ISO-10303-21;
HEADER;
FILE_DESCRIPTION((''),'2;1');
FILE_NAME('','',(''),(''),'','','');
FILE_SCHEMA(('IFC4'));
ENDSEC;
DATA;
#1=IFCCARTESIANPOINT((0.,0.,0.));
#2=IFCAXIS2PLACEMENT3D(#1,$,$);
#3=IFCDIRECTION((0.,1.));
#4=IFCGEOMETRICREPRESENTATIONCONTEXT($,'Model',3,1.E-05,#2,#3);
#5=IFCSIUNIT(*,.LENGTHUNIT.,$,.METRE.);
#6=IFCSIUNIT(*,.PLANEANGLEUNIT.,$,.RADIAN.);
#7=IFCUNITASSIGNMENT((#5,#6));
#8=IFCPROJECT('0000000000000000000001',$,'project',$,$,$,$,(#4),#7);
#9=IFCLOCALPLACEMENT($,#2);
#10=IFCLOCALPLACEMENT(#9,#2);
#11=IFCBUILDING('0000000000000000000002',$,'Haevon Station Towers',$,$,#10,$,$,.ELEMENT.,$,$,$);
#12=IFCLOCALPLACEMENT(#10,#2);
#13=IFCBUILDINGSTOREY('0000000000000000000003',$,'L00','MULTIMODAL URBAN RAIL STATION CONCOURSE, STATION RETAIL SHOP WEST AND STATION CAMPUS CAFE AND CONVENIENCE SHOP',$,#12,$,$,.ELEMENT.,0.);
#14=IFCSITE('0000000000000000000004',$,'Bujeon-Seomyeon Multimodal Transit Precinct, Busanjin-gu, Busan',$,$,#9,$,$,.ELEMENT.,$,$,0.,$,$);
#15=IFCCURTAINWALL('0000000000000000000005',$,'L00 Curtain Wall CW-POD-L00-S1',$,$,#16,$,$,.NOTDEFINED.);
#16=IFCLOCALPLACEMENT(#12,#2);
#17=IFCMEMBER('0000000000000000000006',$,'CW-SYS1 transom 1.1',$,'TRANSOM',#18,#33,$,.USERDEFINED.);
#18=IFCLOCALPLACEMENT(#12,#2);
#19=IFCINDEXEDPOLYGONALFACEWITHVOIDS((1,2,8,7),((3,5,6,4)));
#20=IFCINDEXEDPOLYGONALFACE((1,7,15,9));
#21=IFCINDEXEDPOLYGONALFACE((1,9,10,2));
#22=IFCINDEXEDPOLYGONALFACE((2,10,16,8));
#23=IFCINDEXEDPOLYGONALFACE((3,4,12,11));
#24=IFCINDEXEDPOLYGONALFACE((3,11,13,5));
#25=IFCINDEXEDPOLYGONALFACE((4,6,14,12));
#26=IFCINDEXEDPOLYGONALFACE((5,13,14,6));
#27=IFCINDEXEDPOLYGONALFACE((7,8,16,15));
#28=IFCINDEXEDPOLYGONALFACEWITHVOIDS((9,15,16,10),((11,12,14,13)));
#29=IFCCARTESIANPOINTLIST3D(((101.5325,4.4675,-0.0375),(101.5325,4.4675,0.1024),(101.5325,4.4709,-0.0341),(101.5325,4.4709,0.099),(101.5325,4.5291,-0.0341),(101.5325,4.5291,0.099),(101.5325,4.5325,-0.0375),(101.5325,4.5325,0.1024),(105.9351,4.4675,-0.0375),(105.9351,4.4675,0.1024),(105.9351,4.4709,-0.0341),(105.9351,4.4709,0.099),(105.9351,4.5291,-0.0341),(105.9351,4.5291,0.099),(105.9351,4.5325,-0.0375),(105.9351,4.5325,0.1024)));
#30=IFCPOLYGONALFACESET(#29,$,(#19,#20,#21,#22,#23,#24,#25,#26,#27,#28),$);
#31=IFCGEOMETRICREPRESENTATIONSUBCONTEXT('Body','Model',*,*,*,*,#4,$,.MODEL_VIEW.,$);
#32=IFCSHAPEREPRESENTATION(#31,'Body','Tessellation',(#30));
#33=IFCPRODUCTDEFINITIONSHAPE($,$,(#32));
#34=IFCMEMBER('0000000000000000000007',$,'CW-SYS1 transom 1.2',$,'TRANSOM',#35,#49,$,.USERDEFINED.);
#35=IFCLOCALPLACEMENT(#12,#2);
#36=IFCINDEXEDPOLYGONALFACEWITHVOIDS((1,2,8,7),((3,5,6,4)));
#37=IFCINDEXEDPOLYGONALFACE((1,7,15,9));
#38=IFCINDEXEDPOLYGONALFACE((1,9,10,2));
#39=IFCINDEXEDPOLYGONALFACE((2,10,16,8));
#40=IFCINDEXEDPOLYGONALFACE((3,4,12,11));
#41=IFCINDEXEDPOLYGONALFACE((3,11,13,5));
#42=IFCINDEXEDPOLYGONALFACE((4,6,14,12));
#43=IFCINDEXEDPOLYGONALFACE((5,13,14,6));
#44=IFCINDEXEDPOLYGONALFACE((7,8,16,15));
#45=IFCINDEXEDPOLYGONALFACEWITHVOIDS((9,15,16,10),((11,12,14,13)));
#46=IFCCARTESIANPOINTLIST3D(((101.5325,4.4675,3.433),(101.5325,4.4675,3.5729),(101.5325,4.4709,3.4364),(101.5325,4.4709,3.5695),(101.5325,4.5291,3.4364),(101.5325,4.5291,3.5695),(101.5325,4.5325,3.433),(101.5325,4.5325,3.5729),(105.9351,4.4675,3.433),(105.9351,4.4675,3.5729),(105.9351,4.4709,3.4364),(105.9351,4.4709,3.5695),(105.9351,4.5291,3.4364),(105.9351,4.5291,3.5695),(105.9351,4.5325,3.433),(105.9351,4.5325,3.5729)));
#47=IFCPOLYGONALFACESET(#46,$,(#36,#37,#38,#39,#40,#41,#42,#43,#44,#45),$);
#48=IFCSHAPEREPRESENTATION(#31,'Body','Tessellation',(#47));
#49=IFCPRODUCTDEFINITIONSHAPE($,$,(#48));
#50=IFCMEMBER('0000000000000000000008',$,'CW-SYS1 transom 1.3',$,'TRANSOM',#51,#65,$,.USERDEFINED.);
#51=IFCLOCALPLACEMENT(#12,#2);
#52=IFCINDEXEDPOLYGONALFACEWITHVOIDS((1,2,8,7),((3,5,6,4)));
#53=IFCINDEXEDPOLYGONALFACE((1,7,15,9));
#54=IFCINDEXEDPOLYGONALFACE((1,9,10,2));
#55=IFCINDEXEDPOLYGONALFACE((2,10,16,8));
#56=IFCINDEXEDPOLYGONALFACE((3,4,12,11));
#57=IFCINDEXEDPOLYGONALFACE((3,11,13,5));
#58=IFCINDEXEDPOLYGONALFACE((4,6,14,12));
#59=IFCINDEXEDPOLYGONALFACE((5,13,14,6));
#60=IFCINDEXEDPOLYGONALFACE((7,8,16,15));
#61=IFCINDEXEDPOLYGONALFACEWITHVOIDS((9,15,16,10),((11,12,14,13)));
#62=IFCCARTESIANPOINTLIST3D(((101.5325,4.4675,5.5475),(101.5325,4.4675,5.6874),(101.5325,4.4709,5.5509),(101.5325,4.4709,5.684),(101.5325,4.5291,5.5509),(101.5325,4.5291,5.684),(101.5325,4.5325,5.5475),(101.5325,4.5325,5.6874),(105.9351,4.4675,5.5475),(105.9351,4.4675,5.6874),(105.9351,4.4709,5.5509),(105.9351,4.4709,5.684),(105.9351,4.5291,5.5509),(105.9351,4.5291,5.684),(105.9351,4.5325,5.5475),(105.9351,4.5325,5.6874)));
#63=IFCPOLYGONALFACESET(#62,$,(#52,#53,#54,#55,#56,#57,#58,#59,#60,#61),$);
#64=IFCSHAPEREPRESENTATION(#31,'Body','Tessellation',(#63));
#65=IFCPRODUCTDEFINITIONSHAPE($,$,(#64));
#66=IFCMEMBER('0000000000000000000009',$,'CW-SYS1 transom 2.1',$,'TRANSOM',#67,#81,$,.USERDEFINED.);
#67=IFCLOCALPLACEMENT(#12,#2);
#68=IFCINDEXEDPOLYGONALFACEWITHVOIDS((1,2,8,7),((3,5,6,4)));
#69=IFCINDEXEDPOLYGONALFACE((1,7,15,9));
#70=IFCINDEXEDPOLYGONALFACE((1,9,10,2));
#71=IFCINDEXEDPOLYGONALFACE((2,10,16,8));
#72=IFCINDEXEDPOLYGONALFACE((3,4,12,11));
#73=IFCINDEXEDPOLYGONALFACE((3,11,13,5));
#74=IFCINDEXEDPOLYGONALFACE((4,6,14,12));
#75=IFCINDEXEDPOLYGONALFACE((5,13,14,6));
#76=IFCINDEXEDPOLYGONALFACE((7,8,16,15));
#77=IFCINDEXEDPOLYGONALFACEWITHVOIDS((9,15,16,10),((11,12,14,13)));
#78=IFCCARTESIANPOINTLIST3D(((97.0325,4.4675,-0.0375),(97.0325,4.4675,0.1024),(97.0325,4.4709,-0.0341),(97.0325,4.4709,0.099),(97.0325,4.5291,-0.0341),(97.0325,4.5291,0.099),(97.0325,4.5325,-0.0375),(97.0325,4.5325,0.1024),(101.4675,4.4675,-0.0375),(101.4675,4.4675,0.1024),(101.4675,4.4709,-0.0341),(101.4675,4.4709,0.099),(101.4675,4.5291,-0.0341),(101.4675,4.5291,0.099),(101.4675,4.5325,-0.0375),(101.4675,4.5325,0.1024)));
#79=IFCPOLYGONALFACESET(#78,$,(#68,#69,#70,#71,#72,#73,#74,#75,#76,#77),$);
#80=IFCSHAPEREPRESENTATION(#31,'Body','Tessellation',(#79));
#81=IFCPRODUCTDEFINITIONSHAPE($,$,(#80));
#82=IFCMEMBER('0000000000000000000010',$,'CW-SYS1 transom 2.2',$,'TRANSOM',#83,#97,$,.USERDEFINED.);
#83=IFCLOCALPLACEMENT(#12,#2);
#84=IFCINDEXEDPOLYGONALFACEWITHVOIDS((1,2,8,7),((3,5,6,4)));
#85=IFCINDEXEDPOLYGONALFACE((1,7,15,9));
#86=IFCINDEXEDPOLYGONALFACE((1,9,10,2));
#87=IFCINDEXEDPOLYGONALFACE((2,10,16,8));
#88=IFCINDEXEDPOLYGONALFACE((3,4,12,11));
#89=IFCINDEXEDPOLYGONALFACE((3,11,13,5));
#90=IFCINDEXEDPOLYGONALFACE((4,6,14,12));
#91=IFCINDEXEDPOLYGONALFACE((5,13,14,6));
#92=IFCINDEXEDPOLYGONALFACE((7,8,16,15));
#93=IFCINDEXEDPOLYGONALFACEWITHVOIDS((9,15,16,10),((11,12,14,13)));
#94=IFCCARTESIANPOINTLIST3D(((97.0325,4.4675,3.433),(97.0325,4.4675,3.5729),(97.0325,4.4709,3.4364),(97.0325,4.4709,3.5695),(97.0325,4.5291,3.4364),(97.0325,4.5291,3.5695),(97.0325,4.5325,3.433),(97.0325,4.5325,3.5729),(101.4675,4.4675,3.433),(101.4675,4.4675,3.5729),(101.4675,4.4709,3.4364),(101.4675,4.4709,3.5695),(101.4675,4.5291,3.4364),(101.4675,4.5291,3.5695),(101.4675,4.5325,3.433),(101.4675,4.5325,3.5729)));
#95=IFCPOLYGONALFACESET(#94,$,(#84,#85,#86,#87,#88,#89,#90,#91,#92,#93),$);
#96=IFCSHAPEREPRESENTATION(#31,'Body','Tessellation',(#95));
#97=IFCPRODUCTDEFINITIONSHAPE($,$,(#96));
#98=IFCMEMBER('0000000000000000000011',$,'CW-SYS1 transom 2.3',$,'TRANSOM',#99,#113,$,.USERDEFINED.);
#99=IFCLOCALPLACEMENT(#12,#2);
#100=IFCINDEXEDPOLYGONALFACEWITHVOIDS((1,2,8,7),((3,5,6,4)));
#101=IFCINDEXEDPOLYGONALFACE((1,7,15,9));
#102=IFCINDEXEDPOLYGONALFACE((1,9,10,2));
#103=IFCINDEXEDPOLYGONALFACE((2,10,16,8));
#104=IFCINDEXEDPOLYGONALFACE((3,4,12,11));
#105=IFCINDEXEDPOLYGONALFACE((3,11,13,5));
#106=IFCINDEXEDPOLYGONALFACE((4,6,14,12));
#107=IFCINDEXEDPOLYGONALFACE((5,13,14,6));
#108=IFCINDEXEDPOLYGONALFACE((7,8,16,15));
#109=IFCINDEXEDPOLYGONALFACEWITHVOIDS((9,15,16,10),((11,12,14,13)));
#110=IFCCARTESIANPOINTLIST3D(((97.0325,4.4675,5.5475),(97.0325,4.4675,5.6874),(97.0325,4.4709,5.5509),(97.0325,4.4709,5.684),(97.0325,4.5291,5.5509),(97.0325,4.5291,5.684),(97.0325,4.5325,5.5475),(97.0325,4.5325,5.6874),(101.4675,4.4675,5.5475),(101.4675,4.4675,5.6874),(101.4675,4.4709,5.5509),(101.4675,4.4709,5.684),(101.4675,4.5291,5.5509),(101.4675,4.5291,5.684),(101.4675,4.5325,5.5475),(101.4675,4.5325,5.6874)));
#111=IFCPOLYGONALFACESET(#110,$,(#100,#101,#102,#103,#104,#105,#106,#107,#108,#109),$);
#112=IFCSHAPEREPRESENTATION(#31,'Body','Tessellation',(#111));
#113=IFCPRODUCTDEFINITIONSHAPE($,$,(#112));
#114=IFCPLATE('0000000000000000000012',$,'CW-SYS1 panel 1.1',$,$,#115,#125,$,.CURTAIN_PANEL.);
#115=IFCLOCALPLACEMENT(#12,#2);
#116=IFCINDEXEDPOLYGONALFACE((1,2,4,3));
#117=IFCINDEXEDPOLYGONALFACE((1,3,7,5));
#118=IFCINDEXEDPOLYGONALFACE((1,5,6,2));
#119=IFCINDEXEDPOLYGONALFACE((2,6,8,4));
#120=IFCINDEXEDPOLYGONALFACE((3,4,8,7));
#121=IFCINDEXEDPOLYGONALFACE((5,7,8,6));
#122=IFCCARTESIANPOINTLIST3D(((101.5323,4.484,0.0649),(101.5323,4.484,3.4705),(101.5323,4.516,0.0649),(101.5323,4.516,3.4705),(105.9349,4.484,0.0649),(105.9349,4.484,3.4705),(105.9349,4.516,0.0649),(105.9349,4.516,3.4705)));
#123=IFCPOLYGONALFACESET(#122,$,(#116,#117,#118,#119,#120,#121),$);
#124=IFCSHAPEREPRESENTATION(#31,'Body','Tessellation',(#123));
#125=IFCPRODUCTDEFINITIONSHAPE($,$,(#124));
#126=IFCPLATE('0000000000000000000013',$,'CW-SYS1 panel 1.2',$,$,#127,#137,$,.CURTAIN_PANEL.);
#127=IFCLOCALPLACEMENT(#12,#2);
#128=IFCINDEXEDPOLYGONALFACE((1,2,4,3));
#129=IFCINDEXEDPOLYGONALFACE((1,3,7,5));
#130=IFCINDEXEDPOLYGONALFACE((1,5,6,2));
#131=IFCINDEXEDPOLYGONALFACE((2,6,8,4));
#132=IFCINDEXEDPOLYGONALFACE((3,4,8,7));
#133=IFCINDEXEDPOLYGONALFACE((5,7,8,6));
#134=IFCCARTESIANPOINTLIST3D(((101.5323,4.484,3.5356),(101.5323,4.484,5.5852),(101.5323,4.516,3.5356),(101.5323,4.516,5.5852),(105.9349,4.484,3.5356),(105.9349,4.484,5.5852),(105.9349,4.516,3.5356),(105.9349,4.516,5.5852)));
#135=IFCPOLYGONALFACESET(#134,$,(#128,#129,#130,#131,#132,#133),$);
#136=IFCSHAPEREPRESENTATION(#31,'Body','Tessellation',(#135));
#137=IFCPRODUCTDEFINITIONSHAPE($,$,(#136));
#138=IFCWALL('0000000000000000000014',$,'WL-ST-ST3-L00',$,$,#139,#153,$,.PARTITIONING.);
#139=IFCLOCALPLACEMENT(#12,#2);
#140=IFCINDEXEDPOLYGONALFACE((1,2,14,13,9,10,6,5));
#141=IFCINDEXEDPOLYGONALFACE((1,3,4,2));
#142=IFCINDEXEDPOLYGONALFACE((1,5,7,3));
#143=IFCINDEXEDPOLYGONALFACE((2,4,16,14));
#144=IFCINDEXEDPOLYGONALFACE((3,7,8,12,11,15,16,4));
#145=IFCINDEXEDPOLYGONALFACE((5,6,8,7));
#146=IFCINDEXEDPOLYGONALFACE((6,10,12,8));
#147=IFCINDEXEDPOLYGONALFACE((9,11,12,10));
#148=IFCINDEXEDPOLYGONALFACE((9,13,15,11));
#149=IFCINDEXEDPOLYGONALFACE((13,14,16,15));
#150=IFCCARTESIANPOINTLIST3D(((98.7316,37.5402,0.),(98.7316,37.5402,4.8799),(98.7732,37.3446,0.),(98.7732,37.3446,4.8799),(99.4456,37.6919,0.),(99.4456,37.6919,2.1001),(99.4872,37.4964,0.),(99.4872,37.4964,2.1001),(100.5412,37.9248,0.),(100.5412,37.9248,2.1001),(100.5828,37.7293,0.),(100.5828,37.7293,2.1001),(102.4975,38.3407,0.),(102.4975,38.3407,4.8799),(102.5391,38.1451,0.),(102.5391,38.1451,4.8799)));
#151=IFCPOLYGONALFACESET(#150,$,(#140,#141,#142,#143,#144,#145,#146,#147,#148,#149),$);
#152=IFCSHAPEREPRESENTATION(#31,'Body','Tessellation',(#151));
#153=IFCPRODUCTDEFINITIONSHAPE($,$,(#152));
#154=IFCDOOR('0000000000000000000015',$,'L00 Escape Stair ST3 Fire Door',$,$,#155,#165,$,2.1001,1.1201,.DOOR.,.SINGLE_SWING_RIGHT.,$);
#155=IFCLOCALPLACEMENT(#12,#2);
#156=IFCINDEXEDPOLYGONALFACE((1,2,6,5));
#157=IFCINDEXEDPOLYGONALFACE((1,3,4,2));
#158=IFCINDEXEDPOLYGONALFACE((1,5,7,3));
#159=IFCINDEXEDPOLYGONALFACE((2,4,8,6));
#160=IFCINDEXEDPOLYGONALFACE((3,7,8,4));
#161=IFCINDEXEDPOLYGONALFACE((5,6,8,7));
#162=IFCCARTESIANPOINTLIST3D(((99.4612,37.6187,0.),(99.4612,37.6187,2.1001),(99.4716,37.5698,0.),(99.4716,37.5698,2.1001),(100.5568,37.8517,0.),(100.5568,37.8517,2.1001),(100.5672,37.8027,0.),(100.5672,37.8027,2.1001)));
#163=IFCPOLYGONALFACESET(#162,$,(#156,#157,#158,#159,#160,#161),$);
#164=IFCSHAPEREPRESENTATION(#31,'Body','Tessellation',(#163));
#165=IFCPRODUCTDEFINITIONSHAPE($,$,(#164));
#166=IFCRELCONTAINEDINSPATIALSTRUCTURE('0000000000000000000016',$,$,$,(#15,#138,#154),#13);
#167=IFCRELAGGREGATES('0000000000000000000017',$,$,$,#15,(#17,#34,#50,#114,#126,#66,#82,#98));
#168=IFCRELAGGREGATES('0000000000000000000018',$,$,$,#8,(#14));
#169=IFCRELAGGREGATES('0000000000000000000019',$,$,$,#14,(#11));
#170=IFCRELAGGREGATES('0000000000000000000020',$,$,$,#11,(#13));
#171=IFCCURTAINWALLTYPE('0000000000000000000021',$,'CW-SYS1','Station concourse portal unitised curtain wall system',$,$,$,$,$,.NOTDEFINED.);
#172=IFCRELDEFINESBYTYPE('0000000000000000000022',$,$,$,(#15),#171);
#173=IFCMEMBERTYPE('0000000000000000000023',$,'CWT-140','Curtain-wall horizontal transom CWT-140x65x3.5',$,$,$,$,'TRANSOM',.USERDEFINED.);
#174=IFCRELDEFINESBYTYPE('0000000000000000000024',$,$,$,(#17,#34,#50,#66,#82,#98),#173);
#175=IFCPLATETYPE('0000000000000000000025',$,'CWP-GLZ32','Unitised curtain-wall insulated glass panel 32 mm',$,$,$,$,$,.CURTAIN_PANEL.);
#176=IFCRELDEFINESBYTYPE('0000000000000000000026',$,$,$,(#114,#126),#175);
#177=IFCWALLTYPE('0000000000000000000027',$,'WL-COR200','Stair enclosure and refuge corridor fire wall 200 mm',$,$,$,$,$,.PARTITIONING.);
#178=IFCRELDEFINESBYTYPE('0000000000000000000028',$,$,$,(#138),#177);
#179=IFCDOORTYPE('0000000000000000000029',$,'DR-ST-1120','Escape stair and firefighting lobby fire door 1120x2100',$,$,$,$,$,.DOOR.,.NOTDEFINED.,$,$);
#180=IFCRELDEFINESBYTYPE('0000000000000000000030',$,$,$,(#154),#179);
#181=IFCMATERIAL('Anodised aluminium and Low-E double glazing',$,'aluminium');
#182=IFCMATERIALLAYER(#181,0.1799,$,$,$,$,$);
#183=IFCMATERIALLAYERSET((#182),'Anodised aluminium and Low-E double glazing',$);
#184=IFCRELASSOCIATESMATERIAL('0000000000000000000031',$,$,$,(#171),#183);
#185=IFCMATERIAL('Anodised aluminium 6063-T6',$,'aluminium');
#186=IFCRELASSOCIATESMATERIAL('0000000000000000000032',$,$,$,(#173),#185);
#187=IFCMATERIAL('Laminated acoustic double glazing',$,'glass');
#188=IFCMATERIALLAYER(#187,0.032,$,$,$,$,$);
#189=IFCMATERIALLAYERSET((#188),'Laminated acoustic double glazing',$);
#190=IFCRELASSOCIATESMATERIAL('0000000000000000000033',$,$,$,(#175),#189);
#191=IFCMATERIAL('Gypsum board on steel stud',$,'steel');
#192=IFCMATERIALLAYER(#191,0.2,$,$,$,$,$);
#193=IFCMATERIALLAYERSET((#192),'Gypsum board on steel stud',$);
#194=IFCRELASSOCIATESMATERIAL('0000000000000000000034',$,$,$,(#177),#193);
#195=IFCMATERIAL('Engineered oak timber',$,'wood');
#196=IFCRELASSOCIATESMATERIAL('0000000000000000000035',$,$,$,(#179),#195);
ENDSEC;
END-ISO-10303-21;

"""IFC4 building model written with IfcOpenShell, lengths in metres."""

from ifc_helpers import new_model, si_unit, direction, frame, frame_2d, origin, origin_2d, place, context, subcontext, project, spatial, rectangle, hollow_rectangle, extrude, material, layer, layer_set, material_profile, profile_set, type_object, element, fill, aggregate, save


model = new_model("IFC4")

# Units and contexts
model_context = context("Model", 3, precision=1e-05, world=origin(), true_north=direction((0.0, 1.0)))
body_context = subcontext(model_context, "Body", "Model", "MODEL_VIEW")
ifc_project = project(units=[si_unit("LENGTHUNIT", "METRE"), si_unit("PLANEANGLEUNIT", "RADIAN")], contexts=[model_context])

# Site, building, storey
site_placement = place(None, origin())
site = spatial("IfcSite", under=ifc_project, at=site_placement, Name="Bujeon-Seomyeon Multimodal Transit Precinct, Busanjin-gu, Busan", CompositionType="ELEMENT", RefElevation=0.0)
building_placement = place(site_placement, origin())
building = spatial("IfcBuilding", under=site, at=building_placement, Name="Haevon Station Towers", CompositionType="ELEMENT")
storey_placement = place(building_placement, origin())
storey = spatial("IfcBuildingStorey", under=building, at=storey_placement, Name="L00", Description="MULTIMODAL URBAN RAIL STATION CONCOURSE, STATION RETAIL SHOP WEST AND STATION CAMPUS CAFE AND CONVENIENCE SHOP", CompositionType="ELEMENT", Elevation=0.0)

# Curtain wall, members, plates
ifc_material_1 = material(Name="Anodised aluminium and Low-E double glazing", Category="aluminium")
ifc_layer_1 = layer(ifc_material_1, 0.1799)
ifc_layer_set_1 = layer_set([ifc_layer_1], Name="Anodised aluminium and Low-E double glazing")
curtain_wall_type = type_object("IfcCurtainWallType", Name="CW-SYS1", Description="Station concourse portal unitised curtain wall system", PredefinedType="NOTDEFINED", material=ifc_layer_set_1)
curtain_wall_placement = place(storey_placement, origin())
curtain_wall = element("IfcCurtainWall", 1, at=curtain_wall_placement, inside=storey, type_object=curtain_wall_type, Name="L00 Curtain Wall CW-POD-L00-S1", PredefinedType="NOTDEFINED")
ifc_material_2 = material(Name="Anodised aluminium 6063-T6", Category="aluminium")
ifc_material_profile_1 = material_profile(ifc_material_2, hollow_rectangle(XDim=0.0649, YDim=0.1399, WallThickness=0.0034, at=origin_2d()), Name="CWT-140x65x3.5")
ifc_profile_set_1 = profile_set([ifc_material_profile_1], Name="Anodised aluminium 6063-T6")
member_type_1 = type_object("IfcMemberType", Name="CWT-140", Description="Curtain-wall horizontal transom CWT-140x65x3.5", ElementType="TRANSOM", PredefinedType="USERDEFINED", material=ifc_profile_set_1)
member_1_placement = place(storey_placement, frame((105.9351, 4.5, 0.0325), z_axis=(-1.0, 0.0, 0.0), x_axis=(0.0, -1.0, 0.0)))
member_1 = element("IfcMember", 2, at=member_1_placement, type_object=member_type_1, Name="CW-SYS1 transom 1.1", ObjectType="TRANSOM", PredefinedType="USERDEFINED", context=body_context, shape_type="SweptSolid", body=[
    extrude(hollow_rectangle(XDim=0.0649, YDim=0.1399, WallThickness=0.0034, at=origin_2d()), origin(), (0.0, 0.0, 1.0), 4.4026),
])
member_2_placement = place(storey_placement, frame((105.9351, 4.5, 3.5029), z_axis=(-1.0, 0.0, 0.0), x_axis=(0.0, -1.0, 0.0)))
member_2 = element("IfcMember", 3, at=member_2_placement, type_object=member_type_1, Name="CW-SYS1 transom 1.2", ObjectType="TRANSOM", PredefinedType="USERDEFINED", context=body_context, shape_type="SweptSolid", body=[
    extrude(hollow_rectangle(XDim=0.0649, YDim=0.1399, WallThickness=0.0034, at=origin_2d()), origin(), (0.0, 0.0, 1.0), 4.4026),
])
member_3_placement = place(storey_placement, frame((105.9351, 4.5, 5.6174), z_axis=(-1.0, 0.0, 0.0), x_axis=(0.0, -1.0, 0.0)))
member_3 = element("IfcMember", 4, at=member_3_placement, type_object=member_type_1, Name="CW-SYS1 transom 1.3", ObjectType="TRANSOM", PredefinedType="USERDEFINED", context=body_context, shape_type="SweptSolid", body=[
    extrude(hollow_rectangle(XDim=0.0649, YDim=0.1399, WallThickness=0.0034, at=origin_2d()), origin(), (0.0, 0.0, 1.0), 4.4026),
])
member_4_placement = place(storey_placement, frame((101.4675, 4.5, 0.0325), z_axis=(-1.0, 0.0, 0.0), x_axis=(0.0, -1.0, 0.0)))
member_4 = element("IfcMember", 5, at=member_4_placement, type_object=member_type_1, Name="CW-SYS1 transom 2.1", ObjectType="TRANSOM", PredefinedType="USERDEFINED", context=body_context, shape_type="SweptSolid", body=[
    extrude(hollow_rectangle(XDim=0.0649, YDim=0.1399, WallThickness=0.0034, at=origin_2d()), origin(), (0.0, 0.0, 1.0), 4.4351),
])
member_5_placement = place(storey_placement, frame((101.4675, 4.5, 3.5029), z_axis=(-1.0, 0.0, 0.0), x_axis=(0.0, -1.0, 0.0)))
member_5 = element("IfcMember", 6, at=member_5_placement, type_object=member_type_1, Name="CW-SYS1 transom 2.2", ObjectType="TRANSOM", PredefinedType="USERDEFINED", context=body_context, shape_type="SweptSolid", body=[
    extrude(hollow_rectangle(XDim=0.0649, YDim=0.1399, WallThickness=0.0034, at=origin_2d()), origin(), (0.0, 0.0, 1.0), 4.4351),
])
member_6_placement = place(storey_placement, frame((101.4675, 4.5, 5.6174), z_axis=(-1.0, 0.0, 0.0), x_axis=(0.0, -1.0, 0.0)))
member_6 = element("IfcMember", 7, at=member_6_placement, type_object=member_type_1, Name="CW-SYS1 transom 2.3", ObjectType="TRANSOM", PredefinedType="USERDEFINED", context=body_context, shape_type="SweptSolid", body=[
    extrude(hollow_rectangle(XDim=0.0649, YDim=0.1399, WallThickness=0.0034, at=origin_2d()), origin(), (0.0, 0.0, 1.0), 4.4351),
])
ifc_material_3 = material(Name="Laminated acoustic double glazing", Category="glass")
ifc_layer_2 = layer(ifc_material_3, 0.032)
ifc_layer_set_2 = layer_set([ifc_layer_2], Name="Laminated acoustic double glazing")
plate_type = type_object("IfcPlateType", Name="CWP-GLZ32", Description="Unitised curtain-wall insulated glass panel 32 mm", PredefinedType="CURTAIN_PANEL", material=ifc_layer_set_2)
plate_1_placement = place(storey_placement, frame((103.7336, 4.5, 0.0649), z_axis=(0.0, 0.0, 1.0), x_axis=(-1.0, 0.0, 0.0)))
plate_1 = element("IfcPlate", 8, at=plate_1_placement, type_object=plate_type, Name="CW-SYS1 panel 1.1", PredefinedType="CURTAIN_PANEL", context=body_context, shape_type="SweptSolid", body=[
    extrude(rectangle(XDim=4.4026, YDim=0.032, at=origin_2d()), origin(), (0.0, 0.0, 1.0), 3.4055),
])
plate_2_placement = place(storey_placement, frame((103.7336, 4.5, 3.5356), z_axis=(0.0, 0.0, 1.0), x_axis=(-1.0, 0.0, 0.0)))
plate_2 = element("IfcPlate", 9, at=plate_2_placement, type_object=plate_type, Name="CW-SYS1 panel 1.2", PredefinedType="CURTAIN_PANEL", context=body_context, shape_type="SweptSolid", body=[
    extrude(rectangle(XDim=4.4026, YDim=0.032, at=origin_2d()), origin(), (0.0, 0.0, 1.0), 2.0496),
])
aggregate(curtain_wall, [member_1, member_2, member_3, plate_1, plate_2, member_4, member_5, member_6])

# Wall, opening, door
ifc_material_4 = material(Name="Gypsum board on steel stud", Category="steel")
ifc_layer_3 = layer(ifc_material_4, 0.2)
ifc_layer_set_3 = layer_set([ifc_layer_3], Name="Gypsum board on steel stud")
wall_type_1 = type_object("IfcWallType", Name="WL-COR200", Description="Stair enclosure and refuge corridor fire wall 200 mm", PredefinedType="PARTITIONING", material=ifc_layer_set_3)
wall_1_placement = place(storey_placement, frame((102.5183, 38.2429, 0.0), z_axis=(0.0, 0.0, 1.0), x_axis=(-0.978144, -0.207931, 0.0)))
wall_1 = element("IfcWall", 10, at=wall_1_placement, inside=storey, type_object=wall_type_1, Name="WL-ST-ST3-L00", PredefinedType="PARTITIONING", context=body_context, shape_type="SweptSolid", body=[
    extrude(rectangle(XDim=3.8501, YDim=0.2, at=frame_2d((1.925, 0.0))), origin(), (0.0, 0.0, 1.0), 4.8799),
])
opening_1_placement = place(wall_1_placement, frame((2.0, 0.0, 0.0)))
opening_1 = element("IfcOpeningElement", 11, at=opening_1_placement, cuts=wall_1, PredefinedType="OPENING", context=body_context, shape_type="SweptSolid", body=[
    extrude(rectangle(XDim=1.1201, YDim=2.1001, at=frame_2d((0.5601, 1.05))), frame((0.0, 0.1099, 0.0), z_axis=(0.0, -1.0, 0.0), x_axis=(1.0, 0.0, 0.0)), (0.0, 0.0, 1.0), 0.22),
])
ifc_material_5 = material(Name="Engineered oak timber", Category="wood")
door_type_1 = type_object("IfcDoorType", Name="DR-ST-1120", Description="Escape stair and firefighting lobby fire door 1120x2100", OperationType="NOTDEFINED", PredefinedType="DOOR", material=ifc_material_5)
door_1_placement = place(opening_1_placement, origin())
door_1 = element("IfcDoor", 12, at=door_1_placement, inside=storey, type_object=door_type_1, Name="L00 Escape Stair ST3 Fire Door", OperationType="SINGLE_SWING_RIGHT", OverallHeight=2.1001, OverallWidth=1.1201, PredefinedType="DOOR", context=body_context, shape_type="SweptSolid", body=[
    extrude(rectangle(XDim=1.1201, YDim=2.1001, at=frame_2d((0.5601, 1.05))), frame((0.0, 0.0249, 0.0), z_axis=(0.0, -1.0, 0.0), x_axis=(1.0, 0.0, 0.0)), (0.0, 0.0, 1.0), 0.05),
])
fill(opening_1, door_1)

save(model, "model.ifc")
